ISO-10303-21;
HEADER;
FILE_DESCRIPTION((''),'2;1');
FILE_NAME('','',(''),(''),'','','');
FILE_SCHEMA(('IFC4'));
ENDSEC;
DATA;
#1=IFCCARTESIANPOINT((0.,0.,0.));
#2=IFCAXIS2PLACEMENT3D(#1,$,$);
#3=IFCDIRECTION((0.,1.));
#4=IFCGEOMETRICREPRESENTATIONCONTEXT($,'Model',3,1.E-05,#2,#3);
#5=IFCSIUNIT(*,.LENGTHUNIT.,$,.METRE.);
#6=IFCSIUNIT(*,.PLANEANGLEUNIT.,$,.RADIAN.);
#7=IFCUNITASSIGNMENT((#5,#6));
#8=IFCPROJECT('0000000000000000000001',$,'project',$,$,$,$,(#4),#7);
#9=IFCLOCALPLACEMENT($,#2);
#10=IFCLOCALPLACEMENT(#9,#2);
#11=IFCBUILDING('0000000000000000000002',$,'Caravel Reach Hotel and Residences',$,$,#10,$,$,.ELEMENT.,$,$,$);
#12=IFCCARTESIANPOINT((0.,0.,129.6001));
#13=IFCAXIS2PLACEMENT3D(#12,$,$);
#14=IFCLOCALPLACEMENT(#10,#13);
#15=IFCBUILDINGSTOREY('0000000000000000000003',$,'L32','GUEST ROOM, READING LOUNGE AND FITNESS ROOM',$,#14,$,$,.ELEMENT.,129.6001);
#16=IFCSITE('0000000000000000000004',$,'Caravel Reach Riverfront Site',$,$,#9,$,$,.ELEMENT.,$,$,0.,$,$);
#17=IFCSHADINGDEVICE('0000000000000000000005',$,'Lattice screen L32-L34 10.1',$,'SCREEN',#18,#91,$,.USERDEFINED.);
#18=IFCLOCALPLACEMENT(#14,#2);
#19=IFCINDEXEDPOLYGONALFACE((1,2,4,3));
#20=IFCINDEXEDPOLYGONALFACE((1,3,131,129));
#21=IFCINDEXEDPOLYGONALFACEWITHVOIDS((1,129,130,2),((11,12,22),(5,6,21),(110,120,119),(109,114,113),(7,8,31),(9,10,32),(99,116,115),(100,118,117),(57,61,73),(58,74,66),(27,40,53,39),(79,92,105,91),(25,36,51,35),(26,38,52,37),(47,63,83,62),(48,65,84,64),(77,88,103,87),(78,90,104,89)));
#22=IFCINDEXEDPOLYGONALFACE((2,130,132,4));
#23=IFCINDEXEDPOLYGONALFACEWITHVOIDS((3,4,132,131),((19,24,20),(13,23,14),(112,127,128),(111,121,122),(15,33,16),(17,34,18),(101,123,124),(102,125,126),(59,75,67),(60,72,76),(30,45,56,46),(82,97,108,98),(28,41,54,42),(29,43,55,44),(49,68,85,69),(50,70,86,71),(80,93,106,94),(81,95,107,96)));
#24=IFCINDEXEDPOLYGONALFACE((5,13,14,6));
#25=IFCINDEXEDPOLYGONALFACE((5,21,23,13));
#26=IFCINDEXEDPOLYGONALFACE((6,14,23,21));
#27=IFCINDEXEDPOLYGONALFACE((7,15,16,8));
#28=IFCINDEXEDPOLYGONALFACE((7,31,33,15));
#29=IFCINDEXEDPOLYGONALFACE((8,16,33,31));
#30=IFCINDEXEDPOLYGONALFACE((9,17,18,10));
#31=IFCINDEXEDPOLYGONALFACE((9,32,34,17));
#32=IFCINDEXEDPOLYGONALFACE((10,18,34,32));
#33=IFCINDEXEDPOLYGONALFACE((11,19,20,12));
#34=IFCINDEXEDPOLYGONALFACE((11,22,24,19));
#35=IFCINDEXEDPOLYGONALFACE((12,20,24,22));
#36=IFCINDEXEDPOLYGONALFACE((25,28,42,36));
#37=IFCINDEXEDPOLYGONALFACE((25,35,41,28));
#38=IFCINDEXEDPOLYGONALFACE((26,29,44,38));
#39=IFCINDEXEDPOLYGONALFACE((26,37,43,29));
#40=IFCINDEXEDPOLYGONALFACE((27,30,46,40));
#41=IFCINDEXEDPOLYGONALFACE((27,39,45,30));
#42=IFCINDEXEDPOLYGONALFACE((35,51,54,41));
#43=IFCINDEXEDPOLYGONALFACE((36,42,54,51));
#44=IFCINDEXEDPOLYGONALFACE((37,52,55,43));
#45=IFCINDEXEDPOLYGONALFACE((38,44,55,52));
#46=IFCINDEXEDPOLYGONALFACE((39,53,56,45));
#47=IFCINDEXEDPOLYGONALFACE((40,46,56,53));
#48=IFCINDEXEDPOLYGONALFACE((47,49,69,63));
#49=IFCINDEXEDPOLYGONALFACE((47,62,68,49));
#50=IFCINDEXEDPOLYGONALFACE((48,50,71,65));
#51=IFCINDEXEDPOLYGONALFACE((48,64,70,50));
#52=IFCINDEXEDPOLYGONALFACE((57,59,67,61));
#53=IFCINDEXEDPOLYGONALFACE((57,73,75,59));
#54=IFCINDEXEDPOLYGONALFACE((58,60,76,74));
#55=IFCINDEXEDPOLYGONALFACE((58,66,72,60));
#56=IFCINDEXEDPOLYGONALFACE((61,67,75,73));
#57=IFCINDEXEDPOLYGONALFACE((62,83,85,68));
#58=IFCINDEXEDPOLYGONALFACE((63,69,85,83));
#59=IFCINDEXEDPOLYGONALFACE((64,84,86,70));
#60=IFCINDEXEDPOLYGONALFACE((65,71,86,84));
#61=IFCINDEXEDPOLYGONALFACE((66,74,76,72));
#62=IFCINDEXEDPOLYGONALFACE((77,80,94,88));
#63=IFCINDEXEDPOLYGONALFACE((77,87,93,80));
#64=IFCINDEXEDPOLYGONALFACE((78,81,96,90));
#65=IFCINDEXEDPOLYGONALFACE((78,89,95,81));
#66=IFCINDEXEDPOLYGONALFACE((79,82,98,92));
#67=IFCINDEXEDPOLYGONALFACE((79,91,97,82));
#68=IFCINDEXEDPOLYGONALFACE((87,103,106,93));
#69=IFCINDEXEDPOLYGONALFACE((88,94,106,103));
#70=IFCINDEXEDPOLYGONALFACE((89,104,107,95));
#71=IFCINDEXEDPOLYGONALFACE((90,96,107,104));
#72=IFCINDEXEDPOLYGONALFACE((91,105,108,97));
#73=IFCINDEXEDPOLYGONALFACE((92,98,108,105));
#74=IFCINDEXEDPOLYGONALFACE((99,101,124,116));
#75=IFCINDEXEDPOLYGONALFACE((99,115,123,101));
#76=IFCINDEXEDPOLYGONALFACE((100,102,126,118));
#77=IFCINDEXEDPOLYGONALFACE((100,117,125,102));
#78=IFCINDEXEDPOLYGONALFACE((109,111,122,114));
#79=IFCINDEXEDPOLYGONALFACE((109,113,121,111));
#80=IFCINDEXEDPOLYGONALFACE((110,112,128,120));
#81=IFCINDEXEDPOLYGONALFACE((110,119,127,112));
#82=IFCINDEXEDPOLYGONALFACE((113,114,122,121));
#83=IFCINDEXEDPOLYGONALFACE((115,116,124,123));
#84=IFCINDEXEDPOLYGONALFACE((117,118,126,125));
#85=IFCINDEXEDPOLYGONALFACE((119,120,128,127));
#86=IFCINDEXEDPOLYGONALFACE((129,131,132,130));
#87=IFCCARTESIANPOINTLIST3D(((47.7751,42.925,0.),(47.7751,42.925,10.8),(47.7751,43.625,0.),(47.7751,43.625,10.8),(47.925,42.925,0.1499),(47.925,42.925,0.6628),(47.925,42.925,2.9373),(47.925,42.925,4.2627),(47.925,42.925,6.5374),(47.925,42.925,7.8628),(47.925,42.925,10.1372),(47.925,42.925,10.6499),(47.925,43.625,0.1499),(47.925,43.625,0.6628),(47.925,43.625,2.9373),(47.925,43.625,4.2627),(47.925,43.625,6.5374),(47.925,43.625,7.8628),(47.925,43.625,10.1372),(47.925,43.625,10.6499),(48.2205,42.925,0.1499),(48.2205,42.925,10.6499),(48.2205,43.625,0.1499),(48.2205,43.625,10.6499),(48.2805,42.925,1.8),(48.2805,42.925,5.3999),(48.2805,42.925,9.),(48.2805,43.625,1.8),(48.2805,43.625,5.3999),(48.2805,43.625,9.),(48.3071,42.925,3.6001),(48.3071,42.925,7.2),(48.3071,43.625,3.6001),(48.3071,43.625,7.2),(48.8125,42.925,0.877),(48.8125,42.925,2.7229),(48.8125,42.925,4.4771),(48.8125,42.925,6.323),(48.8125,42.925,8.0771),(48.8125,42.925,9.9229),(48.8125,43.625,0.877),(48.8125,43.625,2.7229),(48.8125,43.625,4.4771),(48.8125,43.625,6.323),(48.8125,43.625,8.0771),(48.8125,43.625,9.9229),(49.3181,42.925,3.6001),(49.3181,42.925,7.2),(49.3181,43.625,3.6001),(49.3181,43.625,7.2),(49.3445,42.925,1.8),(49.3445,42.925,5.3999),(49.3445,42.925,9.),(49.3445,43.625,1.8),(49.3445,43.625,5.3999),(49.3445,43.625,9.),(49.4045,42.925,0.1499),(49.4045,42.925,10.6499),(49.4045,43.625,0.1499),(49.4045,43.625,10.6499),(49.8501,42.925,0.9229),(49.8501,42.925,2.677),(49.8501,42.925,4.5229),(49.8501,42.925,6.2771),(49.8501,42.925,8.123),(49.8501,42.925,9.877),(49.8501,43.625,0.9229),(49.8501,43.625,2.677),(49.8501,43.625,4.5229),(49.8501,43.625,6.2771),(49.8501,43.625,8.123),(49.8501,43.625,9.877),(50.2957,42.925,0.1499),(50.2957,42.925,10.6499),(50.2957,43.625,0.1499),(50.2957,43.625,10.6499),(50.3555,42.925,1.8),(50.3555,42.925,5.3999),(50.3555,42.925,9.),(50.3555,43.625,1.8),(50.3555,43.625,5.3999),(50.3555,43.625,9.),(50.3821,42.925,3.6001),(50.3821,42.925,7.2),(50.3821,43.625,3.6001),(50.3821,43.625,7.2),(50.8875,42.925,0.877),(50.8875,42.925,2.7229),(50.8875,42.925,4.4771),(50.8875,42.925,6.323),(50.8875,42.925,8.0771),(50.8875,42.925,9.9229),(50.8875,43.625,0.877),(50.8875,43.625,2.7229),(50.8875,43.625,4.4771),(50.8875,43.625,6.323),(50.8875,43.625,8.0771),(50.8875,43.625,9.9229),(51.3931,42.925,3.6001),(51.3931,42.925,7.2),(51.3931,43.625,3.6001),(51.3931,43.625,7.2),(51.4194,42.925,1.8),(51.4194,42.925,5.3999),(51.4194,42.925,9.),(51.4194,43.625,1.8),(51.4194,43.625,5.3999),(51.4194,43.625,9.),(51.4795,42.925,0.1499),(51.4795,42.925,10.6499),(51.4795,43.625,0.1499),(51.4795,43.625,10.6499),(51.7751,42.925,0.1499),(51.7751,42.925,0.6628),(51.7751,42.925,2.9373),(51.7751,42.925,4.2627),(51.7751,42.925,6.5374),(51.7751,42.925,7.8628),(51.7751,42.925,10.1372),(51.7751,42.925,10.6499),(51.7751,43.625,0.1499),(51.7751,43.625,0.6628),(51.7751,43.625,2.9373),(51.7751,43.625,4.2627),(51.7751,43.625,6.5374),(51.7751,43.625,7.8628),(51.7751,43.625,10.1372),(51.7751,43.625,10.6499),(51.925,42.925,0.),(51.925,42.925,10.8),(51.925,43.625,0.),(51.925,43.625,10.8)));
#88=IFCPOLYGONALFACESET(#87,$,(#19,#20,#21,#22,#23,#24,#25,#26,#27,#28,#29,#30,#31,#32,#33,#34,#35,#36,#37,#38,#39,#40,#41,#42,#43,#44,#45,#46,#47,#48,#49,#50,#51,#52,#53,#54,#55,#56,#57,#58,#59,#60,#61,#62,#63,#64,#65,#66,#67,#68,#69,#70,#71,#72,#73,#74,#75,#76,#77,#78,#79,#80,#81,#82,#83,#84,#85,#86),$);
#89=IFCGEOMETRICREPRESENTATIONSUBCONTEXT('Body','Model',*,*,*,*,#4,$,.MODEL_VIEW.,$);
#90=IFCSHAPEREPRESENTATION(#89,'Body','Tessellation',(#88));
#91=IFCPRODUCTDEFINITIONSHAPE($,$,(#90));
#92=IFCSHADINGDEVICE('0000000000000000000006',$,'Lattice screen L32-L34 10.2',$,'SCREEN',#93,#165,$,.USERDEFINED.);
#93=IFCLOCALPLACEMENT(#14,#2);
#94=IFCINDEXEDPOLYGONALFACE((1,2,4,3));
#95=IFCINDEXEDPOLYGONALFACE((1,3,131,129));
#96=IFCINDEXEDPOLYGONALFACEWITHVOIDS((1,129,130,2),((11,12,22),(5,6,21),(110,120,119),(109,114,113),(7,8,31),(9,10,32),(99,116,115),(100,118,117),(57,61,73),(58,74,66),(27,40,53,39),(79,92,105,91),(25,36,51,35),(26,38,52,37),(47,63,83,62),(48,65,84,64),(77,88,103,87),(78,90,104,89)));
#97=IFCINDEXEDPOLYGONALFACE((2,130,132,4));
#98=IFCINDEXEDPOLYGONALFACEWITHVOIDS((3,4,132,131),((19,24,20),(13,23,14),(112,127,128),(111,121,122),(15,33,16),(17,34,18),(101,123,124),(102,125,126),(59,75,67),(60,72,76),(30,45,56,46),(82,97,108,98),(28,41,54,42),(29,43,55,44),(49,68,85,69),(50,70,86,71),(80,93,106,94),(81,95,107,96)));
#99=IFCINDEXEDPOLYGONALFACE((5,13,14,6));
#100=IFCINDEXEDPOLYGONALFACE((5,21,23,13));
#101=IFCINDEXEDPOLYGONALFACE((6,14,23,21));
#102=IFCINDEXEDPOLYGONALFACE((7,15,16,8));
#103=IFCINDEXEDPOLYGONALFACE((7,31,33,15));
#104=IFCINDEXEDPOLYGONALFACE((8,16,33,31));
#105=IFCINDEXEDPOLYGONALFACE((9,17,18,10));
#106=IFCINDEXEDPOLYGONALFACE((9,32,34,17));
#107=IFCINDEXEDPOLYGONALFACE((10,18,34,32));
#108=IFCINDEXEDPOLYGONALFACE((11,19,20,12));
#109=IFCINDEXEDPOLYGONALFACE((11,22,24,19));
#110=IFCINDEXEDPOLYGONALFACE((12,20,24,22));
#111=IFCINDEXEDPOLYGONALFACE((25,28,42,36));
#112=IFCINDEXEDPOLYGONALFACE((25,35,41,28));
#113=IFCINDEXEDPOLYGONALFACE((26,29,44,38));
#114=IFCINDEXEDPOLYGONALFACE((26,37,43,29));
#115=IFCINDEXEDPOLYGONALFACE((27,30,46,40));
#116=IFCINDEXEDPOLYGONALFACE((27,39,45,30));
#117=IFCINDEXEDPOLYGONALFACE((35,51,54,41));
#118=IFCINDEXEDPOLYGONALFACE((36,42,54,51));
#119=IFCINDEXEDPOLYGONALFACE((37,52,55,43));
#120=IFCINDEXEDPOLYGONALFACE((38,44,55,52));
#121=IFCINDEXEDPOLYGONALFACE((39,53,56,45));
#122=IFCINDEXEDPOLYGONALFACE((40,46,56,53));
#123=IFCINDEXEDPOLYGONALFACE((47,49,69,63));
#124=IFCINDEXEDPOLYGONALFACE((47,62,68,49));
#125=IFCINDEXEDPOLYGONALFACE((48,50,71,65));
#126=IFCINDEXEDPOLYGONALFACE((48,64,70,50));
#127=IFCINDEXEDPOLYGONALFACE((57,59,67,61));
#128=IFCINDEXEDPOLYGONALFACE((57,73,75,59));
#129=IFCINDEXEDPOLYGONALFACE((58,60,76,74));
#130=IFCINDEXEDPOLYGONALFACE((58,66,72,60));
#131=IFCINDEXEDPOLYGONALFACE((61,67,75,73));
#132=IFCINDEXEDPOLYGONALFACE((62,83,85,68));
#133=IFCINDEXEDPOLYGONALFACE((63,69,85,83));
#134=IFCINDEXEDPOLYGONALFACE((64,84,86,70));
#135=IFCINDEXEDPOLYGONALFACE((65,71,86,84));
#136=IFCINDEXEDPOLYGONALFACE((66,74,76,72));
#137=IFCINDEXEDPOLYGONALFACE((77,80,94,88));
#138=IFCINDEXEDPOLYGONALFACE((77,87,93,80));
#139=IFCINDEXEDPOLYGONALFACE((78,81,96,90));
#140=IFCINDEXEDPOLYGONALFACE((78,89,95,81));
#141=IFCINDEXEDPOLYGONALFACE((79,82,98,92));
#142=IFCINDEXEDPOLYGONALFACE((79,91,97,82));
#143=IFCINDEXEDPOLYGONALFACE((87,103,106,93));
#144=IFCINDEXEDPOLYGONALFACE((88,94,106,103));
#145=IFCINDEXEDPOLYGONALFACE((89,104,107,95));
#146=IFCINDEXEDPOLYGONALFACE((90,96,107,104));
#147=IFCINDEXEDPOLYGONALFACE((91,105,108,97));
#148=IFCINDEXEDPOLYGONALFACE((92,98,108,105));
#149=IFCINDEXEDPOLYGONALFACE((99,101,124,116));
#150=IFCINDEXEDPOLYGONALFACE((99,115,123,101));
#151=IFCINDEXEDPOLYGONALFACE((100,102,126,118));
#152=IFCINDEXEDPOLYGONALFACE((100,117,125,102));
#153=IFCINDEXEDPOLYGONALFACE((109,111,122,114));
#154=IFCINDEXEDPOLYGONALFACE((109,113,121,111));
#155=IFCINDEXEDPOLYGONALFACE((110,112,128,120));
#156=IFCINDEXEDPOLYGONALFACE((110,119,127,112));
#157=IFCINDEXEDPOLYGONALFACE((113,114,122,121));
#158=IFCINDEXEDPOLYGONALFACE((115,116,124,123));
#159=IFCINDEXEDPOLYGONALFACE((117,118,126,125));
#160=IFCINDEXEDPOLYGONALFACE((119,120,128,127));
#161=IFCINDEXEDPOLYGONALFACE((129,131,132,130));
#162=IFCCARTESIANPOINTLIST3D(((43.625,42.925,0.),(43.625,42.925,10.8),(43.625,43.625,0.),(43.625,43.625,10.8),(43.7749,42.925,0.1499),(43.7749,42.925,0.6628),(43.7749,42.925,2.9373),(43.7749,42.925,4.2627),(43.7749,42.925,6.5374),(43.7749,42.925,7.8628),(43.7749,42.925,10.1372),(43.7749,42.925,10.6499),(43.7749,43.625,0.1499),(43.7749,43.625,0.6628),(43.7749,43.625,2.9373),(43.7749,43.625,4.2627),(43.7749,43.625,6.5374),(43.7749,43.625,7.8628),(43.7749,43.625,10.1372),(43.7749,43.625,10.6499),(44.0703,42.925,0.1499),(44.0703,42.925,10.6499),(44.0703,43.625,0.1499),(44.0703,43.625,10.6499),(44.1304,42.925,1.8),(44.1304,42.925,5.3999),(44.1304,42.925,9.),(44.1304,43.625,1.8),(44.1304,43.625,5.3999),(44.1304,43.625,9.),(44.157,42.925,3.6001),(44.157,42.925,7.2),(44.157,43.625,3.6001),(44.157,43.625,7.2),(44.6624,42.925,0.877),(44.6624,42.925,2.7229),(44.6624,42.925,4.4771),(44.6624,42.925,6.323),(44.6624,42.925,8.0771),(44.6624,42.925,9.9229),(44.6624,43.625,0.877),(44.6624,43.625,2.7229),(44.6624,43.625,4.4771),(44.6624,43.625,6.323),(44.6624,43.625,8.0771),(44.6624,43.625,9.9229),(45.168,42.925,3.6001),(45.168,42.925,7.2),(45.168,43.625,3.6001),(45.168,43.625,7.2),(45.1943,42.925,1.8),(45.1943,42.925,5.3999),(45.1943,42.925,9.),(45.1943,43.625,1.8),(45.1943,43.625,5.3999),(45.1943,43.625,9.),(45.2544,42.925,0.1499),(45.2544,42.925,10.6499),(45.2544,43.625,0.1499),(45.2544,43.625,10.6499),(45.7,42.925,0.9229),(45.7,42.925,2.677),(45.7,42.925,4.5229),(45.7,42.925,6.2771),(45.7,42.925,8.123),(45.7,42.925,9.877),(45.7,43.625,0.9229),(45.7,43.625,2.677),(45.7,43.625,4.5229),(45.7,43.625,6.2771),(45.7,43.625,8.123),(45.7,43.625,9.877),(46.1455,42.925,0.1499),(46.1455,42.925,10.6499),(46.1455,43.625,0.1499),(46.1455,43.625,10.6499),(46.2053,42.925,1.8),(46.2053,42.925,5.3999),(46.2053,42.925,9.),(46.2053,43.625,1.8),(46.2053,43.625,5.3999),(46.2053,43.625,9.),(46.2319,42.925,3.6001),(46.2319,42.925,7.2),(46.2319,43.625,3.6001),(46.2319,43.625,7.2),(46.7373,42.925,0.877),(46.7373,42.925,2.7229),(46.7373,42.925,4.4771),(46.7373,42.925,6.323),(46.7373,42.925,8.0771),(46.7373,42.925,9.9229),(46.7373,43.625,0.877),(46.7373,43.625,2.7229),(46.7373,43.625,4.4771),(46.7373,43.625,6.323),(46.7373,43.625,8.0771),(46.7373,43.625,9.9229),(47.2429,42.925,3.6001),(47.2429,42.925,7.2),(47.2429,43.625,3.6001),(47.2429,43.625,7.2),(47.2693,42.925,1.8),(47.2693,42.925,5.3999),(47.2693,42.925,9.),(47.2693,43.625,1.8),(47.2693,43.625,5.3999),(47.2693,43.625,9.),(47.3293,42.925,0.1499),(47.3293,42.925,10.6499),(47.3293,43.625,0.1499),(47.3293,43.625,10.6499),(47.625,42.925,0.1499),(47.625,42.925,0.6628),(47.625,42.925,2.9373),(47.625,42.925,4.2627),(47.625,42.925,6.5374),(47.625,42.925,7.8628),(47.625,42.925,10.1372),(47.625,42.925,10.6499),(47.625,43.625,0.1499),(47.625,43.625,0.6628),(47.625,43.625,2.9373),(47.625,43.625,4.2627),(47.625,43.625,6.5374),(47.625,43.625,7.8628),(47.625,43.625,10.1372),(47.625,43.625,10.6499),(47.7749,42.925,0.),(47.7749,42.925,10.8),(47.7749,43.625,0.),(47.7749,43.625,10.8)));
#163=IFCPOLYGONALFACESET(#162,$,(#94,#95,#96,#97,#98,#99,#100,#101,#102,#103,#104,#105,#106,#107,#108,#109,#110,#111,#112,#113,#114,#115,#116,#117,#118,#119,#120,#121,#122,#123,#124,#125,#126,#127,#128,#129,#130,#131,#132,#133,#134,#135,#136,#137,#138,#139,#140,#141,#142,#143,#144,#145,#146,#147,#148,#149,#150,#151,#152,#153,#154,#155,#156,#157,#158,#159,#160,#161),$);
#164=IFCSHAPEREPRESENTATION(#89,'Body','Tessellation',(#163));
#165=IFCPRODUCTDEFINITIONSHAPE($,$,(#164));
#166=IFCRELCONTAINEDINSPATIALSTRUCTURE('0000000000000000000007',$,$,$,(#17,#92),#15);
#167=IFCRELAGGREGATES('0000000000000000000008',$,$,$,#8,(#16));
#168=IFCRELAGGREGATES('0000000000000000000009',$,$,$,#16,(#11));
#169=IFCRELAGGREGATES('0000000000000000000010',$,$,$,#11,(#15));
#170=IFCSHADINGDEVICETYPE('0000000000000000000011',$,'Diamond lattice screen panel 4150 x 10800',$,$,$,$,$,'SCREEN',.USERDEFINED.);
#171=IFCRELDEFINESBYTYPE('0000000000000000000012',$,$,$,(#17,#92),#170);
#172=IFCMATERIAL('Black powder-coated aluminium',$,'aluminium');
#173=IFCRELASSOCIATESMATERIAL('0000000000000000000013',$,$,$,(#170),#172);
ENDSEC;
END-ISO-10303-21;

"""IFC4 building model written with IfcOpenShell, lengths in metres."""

from ifc_helpers import new_model, si_unit, direction, frame, origin, place, context, subcontext, project, spatial, polyline, outline, extrude, material, type_object, element, save


model = new_model("IFC4")

# Units and contexts
model_context = context("Model", 3, precision=1e-05, world=origin(), true_north=direction((0.0, 1.0)))
body_context = subcontext(model_context, "Body", "Model", "MODEL_VIEW")
ifc_project = project(units=[si_unit("LENGTHUNIT", "METRE"), si_unit("PLANEANGLEUNIT", "RADIAN")], contexts=[model_context])

# Site, building, storey
site_placement = place(None, origin())
site = spatial("IfcSite", under=ifc_project, at=site_placement, Name="Caravel Reach Riverfront Site", CompositionType="ELEMENT", RefElevation=0.0)
building_placement = place(site_placement, origin())
building = spatial("IfcBuilding", under=site, at=building_placement, Name="Caravel Reach Hotel and Residences", CompositionType="ELEMENT")
storey_placement = place(building_placement, frame((0.0, 0.0, 129.6001)))
storey = spatial("IfcBuildingStorey", under=building, at=storey_placement, Name="L32", Description="GUEST ROOM, READING LOUNGE AND FITNESS ROOM", CompositionType="ELEMENT", Elevation=129.6001)

# Shading devices
ifc_material_1 = material(Name="Black powder-coated aluminium", Category="aluminium")
shading_device_type_1 = type_object("IfcShadingDeviceType", Name="Diamond lattice screen panel 4150 x 10800", ElementType="SCREEN", PredefinedType="USERDEFINED", material=ifc_material_1)
shading_device_1_placement = place(storey_placement, frame((51.925, 42.925, 0.0), z_axis=(0.0, 1.0, 0.0), x_axis=(-1.0, 0.0, 0.0)))
element("IfcShadingDevice", 1, at=shading_device_1_placement, inside=storey, type_object=shading_device_type_1, Name="Lattice screen L32-L34 10.1", ObjectType="SCREEN", PredefinedType="USERDEFINED", context=body_context, shape_type="SweptSolid", body=[
    extrude(outline(polyline([(0.0, 0.0), (4.1499, 0.0), (4.1499, 10.8), (0.0, 10.8), (0.0, 0.0)]), holes=[polyline([(0.4456, 0.1499), (0.1499, 0.6628), (0.1499, 0.1499), (0.4456, 0.1499)]), polyline([(0.532, 3.6001), (0.1499, 4.2627), (0.1499, 2.9373), (0.532, 3.6001)]), polyline([(0.532, 7.2), (0.1499, 7.8628), (0.1499, 6.5374), (0.532, 7.2)]), polyline([(0.1499, 10.1372), (0.4456, 10.6499), (0.1499, 10.6499), (0.1499, 10.1372)]), polyline([(1.0376, 2.7229), (0.5056, 1.8), (1.0376, 0.877), (1.5696, 1.8), (1.0376, 2.7229)]), polyline([(1.0376, 6.323), (0.5056, 5.3999), (1.0376, 4.4771), (1.5696, 5.3999), (1.0376, 6.323)]), polyline([(1.0376, 9.9229), (0.5056, 9.0), (1.0376, 8.0771), (1.5696, 9.0), (1.0376, 9.9229)]), polyline([(2.075, 0.9229), (1.6294, 0.1499), (2.5205, 0.1499), (2.075, 0.9229)]), polyline([(2.075, 4.5229), (1.543, 3.6001), (2.075, 2.677), (2.6069, 3.6001), (2.075, 4.5229)]), polyline([(2.075, 8.123), (1.543, 7.2), (2.075, 6.2771), (2.6069, 7.2), (2.075, 8.123)]), polyline([(2.075, 9.877), (2.5205, 10.6499), (1.6294, 10.6499), (2.075, 9.877)]), polyline([(3.1125, 2.7229), (2.5806, 1.8), (3.1125, 0.877), (3.6445, 1.8), (3.1125, 2.7229)]), polyline([(3.1125, 6.323), (2.5806, 5.3999), (3.1125, 4.4771), (3.6445, 5.3999), (3.1125, 6.323)]), polyline([(3.1125, 9.9229), (2.5806, 9.0), (3.1125, 8.0771), (3.6445, 9.0), (3.1125, 9.9229)]), polyline([(4.0, 0.6628), (3.7046, 0.1499), (4.0, 0.1499), (4.0, 0.6628)]), polyline([(3.6179, 3.6001), (4.0, 2.9373), (4.0, 4.2627), (3.6179, 3.6001)]), polyline([(3.6179, 7.2), (4.0, 6.5374), (4.0, 7.8628), (3.6179, 7.2)]), polyline([(3.7046, 10.6499), (4.0, 10.1372), (4.0, 10.6499), (3.7046, 10.6499)])]), origin(), (0.0, 0.0, 1.0), 0.7),
])
shading_device_2_placement = place(storey_placement, frame((47.7749, 42.925, 0.0), z_axis=(0.0, 1.0, 0.0), x_axis=(-1.0, 0.0, 0.0)))
element("IfcShadingDevice", 2, at=shading_device_2_placement, inside=storey, type_object=shading_device_type_1, Name="Lattice screen L32-L34 10.2", ObjectType="SCREEN", PredefinedType="USERDEFINED", context=body_context, shape_type="SweptSolid", body=[
    extrude(outline(polyline([(0.0, 0.0), (4.1499, 0.0), (4.1499, 10.8), (0.0, 10.8), (0.0, 0.0)]), holes=[polyline([(0.4456, 0.1499), (0.1499, 0.6628), (0.1499, 0.1499), (0.4456, 0.1499)]), polyline([(0.532, 3.6001), (0.1499, 4.2627), (0.1499, 2.9373), (0.532, 3.6001)]), polyline([(0.532, 7.2), (0.1499, 7.8628), (0.1499, 6.5374), (0.532, 7.2)]), polyline([(0.1499, 10.1372), (0.4456, 10.6499), (0.1499, 10.6499), (0.1499, 10.1372)]), polyline([(1.0376, 2.7229), (0.5056, 1.8), (1.0376, 0.877), (1.5696, 1.8), (1.0376, 2.7229)]), polyline([(1.0376, 6.323), (0.5056, 5.3999), (1.0376, 4.4771), (1.5696, 5.3999), (1.0376, 6.323)]), polyline([(1.0376, 9.9229), (0.5056, 9.0), (1.0376, 8.0771), (1.5696, 9.0), (1.0376, 9.9229)]), polyline([(2.075, 0.9229), (1.6294, 0.1499), (2.5205, 0.1499), (2.075, 0.9229)]), polyline([(2.075, 4.5229), (1.543, 3.6001), (2.075, 2.677), (2.6069, 3.6001), (2.075, 4.5229)]), polyline([(2.075, 8.123), (1.543, 7.2), (2.075, 6.2771), (2.6069, 7.2), (2.075, 8.123)]), polyline([(2.075, 9.877), (2.5205, 10.6499), (1.6294, 10.6499), (2.075, 9.877)]), polyline([(3.1125, 2.7229), (2.5806, 1.8), (3.1125, 0.877), (3.6445, 1.8), (3.1125, 2.7229)]), polyline([(3.1125, 6.323), (2.5806, 5.3999), (3.1125, 4.4771), (3.6445, 5.3999), (3.1125, 6.323)]), polyline([(3.1125, 9.9229), (2.5806, 9.0), (3.1125, 8.0771), (3.6445, 9.0), (3.1125, 9.9229)]), polyline([(4.0, 0.6628), (3.7046, 0.1499), (4.0, 0.1499), (4.0, 0.6628)]), polyline([(3.6179, 3.6001), (4.0, 2.9373), (4.0, 4.2627), (3.6179, 3.6001)]), polyline([(3.6179, 7.2), (4.0, 6.5374), (4.0, 7.8628), (3.6179, 7.2)]), polyline([(3.7046, 10.6499), (4.0, 10.1372), (4.0, 10.6499), (3.7046, 10.6499)])]), origin(), (0.0, 0.0, 1.0), 0.7),
])

save(model, "model.ifc")
